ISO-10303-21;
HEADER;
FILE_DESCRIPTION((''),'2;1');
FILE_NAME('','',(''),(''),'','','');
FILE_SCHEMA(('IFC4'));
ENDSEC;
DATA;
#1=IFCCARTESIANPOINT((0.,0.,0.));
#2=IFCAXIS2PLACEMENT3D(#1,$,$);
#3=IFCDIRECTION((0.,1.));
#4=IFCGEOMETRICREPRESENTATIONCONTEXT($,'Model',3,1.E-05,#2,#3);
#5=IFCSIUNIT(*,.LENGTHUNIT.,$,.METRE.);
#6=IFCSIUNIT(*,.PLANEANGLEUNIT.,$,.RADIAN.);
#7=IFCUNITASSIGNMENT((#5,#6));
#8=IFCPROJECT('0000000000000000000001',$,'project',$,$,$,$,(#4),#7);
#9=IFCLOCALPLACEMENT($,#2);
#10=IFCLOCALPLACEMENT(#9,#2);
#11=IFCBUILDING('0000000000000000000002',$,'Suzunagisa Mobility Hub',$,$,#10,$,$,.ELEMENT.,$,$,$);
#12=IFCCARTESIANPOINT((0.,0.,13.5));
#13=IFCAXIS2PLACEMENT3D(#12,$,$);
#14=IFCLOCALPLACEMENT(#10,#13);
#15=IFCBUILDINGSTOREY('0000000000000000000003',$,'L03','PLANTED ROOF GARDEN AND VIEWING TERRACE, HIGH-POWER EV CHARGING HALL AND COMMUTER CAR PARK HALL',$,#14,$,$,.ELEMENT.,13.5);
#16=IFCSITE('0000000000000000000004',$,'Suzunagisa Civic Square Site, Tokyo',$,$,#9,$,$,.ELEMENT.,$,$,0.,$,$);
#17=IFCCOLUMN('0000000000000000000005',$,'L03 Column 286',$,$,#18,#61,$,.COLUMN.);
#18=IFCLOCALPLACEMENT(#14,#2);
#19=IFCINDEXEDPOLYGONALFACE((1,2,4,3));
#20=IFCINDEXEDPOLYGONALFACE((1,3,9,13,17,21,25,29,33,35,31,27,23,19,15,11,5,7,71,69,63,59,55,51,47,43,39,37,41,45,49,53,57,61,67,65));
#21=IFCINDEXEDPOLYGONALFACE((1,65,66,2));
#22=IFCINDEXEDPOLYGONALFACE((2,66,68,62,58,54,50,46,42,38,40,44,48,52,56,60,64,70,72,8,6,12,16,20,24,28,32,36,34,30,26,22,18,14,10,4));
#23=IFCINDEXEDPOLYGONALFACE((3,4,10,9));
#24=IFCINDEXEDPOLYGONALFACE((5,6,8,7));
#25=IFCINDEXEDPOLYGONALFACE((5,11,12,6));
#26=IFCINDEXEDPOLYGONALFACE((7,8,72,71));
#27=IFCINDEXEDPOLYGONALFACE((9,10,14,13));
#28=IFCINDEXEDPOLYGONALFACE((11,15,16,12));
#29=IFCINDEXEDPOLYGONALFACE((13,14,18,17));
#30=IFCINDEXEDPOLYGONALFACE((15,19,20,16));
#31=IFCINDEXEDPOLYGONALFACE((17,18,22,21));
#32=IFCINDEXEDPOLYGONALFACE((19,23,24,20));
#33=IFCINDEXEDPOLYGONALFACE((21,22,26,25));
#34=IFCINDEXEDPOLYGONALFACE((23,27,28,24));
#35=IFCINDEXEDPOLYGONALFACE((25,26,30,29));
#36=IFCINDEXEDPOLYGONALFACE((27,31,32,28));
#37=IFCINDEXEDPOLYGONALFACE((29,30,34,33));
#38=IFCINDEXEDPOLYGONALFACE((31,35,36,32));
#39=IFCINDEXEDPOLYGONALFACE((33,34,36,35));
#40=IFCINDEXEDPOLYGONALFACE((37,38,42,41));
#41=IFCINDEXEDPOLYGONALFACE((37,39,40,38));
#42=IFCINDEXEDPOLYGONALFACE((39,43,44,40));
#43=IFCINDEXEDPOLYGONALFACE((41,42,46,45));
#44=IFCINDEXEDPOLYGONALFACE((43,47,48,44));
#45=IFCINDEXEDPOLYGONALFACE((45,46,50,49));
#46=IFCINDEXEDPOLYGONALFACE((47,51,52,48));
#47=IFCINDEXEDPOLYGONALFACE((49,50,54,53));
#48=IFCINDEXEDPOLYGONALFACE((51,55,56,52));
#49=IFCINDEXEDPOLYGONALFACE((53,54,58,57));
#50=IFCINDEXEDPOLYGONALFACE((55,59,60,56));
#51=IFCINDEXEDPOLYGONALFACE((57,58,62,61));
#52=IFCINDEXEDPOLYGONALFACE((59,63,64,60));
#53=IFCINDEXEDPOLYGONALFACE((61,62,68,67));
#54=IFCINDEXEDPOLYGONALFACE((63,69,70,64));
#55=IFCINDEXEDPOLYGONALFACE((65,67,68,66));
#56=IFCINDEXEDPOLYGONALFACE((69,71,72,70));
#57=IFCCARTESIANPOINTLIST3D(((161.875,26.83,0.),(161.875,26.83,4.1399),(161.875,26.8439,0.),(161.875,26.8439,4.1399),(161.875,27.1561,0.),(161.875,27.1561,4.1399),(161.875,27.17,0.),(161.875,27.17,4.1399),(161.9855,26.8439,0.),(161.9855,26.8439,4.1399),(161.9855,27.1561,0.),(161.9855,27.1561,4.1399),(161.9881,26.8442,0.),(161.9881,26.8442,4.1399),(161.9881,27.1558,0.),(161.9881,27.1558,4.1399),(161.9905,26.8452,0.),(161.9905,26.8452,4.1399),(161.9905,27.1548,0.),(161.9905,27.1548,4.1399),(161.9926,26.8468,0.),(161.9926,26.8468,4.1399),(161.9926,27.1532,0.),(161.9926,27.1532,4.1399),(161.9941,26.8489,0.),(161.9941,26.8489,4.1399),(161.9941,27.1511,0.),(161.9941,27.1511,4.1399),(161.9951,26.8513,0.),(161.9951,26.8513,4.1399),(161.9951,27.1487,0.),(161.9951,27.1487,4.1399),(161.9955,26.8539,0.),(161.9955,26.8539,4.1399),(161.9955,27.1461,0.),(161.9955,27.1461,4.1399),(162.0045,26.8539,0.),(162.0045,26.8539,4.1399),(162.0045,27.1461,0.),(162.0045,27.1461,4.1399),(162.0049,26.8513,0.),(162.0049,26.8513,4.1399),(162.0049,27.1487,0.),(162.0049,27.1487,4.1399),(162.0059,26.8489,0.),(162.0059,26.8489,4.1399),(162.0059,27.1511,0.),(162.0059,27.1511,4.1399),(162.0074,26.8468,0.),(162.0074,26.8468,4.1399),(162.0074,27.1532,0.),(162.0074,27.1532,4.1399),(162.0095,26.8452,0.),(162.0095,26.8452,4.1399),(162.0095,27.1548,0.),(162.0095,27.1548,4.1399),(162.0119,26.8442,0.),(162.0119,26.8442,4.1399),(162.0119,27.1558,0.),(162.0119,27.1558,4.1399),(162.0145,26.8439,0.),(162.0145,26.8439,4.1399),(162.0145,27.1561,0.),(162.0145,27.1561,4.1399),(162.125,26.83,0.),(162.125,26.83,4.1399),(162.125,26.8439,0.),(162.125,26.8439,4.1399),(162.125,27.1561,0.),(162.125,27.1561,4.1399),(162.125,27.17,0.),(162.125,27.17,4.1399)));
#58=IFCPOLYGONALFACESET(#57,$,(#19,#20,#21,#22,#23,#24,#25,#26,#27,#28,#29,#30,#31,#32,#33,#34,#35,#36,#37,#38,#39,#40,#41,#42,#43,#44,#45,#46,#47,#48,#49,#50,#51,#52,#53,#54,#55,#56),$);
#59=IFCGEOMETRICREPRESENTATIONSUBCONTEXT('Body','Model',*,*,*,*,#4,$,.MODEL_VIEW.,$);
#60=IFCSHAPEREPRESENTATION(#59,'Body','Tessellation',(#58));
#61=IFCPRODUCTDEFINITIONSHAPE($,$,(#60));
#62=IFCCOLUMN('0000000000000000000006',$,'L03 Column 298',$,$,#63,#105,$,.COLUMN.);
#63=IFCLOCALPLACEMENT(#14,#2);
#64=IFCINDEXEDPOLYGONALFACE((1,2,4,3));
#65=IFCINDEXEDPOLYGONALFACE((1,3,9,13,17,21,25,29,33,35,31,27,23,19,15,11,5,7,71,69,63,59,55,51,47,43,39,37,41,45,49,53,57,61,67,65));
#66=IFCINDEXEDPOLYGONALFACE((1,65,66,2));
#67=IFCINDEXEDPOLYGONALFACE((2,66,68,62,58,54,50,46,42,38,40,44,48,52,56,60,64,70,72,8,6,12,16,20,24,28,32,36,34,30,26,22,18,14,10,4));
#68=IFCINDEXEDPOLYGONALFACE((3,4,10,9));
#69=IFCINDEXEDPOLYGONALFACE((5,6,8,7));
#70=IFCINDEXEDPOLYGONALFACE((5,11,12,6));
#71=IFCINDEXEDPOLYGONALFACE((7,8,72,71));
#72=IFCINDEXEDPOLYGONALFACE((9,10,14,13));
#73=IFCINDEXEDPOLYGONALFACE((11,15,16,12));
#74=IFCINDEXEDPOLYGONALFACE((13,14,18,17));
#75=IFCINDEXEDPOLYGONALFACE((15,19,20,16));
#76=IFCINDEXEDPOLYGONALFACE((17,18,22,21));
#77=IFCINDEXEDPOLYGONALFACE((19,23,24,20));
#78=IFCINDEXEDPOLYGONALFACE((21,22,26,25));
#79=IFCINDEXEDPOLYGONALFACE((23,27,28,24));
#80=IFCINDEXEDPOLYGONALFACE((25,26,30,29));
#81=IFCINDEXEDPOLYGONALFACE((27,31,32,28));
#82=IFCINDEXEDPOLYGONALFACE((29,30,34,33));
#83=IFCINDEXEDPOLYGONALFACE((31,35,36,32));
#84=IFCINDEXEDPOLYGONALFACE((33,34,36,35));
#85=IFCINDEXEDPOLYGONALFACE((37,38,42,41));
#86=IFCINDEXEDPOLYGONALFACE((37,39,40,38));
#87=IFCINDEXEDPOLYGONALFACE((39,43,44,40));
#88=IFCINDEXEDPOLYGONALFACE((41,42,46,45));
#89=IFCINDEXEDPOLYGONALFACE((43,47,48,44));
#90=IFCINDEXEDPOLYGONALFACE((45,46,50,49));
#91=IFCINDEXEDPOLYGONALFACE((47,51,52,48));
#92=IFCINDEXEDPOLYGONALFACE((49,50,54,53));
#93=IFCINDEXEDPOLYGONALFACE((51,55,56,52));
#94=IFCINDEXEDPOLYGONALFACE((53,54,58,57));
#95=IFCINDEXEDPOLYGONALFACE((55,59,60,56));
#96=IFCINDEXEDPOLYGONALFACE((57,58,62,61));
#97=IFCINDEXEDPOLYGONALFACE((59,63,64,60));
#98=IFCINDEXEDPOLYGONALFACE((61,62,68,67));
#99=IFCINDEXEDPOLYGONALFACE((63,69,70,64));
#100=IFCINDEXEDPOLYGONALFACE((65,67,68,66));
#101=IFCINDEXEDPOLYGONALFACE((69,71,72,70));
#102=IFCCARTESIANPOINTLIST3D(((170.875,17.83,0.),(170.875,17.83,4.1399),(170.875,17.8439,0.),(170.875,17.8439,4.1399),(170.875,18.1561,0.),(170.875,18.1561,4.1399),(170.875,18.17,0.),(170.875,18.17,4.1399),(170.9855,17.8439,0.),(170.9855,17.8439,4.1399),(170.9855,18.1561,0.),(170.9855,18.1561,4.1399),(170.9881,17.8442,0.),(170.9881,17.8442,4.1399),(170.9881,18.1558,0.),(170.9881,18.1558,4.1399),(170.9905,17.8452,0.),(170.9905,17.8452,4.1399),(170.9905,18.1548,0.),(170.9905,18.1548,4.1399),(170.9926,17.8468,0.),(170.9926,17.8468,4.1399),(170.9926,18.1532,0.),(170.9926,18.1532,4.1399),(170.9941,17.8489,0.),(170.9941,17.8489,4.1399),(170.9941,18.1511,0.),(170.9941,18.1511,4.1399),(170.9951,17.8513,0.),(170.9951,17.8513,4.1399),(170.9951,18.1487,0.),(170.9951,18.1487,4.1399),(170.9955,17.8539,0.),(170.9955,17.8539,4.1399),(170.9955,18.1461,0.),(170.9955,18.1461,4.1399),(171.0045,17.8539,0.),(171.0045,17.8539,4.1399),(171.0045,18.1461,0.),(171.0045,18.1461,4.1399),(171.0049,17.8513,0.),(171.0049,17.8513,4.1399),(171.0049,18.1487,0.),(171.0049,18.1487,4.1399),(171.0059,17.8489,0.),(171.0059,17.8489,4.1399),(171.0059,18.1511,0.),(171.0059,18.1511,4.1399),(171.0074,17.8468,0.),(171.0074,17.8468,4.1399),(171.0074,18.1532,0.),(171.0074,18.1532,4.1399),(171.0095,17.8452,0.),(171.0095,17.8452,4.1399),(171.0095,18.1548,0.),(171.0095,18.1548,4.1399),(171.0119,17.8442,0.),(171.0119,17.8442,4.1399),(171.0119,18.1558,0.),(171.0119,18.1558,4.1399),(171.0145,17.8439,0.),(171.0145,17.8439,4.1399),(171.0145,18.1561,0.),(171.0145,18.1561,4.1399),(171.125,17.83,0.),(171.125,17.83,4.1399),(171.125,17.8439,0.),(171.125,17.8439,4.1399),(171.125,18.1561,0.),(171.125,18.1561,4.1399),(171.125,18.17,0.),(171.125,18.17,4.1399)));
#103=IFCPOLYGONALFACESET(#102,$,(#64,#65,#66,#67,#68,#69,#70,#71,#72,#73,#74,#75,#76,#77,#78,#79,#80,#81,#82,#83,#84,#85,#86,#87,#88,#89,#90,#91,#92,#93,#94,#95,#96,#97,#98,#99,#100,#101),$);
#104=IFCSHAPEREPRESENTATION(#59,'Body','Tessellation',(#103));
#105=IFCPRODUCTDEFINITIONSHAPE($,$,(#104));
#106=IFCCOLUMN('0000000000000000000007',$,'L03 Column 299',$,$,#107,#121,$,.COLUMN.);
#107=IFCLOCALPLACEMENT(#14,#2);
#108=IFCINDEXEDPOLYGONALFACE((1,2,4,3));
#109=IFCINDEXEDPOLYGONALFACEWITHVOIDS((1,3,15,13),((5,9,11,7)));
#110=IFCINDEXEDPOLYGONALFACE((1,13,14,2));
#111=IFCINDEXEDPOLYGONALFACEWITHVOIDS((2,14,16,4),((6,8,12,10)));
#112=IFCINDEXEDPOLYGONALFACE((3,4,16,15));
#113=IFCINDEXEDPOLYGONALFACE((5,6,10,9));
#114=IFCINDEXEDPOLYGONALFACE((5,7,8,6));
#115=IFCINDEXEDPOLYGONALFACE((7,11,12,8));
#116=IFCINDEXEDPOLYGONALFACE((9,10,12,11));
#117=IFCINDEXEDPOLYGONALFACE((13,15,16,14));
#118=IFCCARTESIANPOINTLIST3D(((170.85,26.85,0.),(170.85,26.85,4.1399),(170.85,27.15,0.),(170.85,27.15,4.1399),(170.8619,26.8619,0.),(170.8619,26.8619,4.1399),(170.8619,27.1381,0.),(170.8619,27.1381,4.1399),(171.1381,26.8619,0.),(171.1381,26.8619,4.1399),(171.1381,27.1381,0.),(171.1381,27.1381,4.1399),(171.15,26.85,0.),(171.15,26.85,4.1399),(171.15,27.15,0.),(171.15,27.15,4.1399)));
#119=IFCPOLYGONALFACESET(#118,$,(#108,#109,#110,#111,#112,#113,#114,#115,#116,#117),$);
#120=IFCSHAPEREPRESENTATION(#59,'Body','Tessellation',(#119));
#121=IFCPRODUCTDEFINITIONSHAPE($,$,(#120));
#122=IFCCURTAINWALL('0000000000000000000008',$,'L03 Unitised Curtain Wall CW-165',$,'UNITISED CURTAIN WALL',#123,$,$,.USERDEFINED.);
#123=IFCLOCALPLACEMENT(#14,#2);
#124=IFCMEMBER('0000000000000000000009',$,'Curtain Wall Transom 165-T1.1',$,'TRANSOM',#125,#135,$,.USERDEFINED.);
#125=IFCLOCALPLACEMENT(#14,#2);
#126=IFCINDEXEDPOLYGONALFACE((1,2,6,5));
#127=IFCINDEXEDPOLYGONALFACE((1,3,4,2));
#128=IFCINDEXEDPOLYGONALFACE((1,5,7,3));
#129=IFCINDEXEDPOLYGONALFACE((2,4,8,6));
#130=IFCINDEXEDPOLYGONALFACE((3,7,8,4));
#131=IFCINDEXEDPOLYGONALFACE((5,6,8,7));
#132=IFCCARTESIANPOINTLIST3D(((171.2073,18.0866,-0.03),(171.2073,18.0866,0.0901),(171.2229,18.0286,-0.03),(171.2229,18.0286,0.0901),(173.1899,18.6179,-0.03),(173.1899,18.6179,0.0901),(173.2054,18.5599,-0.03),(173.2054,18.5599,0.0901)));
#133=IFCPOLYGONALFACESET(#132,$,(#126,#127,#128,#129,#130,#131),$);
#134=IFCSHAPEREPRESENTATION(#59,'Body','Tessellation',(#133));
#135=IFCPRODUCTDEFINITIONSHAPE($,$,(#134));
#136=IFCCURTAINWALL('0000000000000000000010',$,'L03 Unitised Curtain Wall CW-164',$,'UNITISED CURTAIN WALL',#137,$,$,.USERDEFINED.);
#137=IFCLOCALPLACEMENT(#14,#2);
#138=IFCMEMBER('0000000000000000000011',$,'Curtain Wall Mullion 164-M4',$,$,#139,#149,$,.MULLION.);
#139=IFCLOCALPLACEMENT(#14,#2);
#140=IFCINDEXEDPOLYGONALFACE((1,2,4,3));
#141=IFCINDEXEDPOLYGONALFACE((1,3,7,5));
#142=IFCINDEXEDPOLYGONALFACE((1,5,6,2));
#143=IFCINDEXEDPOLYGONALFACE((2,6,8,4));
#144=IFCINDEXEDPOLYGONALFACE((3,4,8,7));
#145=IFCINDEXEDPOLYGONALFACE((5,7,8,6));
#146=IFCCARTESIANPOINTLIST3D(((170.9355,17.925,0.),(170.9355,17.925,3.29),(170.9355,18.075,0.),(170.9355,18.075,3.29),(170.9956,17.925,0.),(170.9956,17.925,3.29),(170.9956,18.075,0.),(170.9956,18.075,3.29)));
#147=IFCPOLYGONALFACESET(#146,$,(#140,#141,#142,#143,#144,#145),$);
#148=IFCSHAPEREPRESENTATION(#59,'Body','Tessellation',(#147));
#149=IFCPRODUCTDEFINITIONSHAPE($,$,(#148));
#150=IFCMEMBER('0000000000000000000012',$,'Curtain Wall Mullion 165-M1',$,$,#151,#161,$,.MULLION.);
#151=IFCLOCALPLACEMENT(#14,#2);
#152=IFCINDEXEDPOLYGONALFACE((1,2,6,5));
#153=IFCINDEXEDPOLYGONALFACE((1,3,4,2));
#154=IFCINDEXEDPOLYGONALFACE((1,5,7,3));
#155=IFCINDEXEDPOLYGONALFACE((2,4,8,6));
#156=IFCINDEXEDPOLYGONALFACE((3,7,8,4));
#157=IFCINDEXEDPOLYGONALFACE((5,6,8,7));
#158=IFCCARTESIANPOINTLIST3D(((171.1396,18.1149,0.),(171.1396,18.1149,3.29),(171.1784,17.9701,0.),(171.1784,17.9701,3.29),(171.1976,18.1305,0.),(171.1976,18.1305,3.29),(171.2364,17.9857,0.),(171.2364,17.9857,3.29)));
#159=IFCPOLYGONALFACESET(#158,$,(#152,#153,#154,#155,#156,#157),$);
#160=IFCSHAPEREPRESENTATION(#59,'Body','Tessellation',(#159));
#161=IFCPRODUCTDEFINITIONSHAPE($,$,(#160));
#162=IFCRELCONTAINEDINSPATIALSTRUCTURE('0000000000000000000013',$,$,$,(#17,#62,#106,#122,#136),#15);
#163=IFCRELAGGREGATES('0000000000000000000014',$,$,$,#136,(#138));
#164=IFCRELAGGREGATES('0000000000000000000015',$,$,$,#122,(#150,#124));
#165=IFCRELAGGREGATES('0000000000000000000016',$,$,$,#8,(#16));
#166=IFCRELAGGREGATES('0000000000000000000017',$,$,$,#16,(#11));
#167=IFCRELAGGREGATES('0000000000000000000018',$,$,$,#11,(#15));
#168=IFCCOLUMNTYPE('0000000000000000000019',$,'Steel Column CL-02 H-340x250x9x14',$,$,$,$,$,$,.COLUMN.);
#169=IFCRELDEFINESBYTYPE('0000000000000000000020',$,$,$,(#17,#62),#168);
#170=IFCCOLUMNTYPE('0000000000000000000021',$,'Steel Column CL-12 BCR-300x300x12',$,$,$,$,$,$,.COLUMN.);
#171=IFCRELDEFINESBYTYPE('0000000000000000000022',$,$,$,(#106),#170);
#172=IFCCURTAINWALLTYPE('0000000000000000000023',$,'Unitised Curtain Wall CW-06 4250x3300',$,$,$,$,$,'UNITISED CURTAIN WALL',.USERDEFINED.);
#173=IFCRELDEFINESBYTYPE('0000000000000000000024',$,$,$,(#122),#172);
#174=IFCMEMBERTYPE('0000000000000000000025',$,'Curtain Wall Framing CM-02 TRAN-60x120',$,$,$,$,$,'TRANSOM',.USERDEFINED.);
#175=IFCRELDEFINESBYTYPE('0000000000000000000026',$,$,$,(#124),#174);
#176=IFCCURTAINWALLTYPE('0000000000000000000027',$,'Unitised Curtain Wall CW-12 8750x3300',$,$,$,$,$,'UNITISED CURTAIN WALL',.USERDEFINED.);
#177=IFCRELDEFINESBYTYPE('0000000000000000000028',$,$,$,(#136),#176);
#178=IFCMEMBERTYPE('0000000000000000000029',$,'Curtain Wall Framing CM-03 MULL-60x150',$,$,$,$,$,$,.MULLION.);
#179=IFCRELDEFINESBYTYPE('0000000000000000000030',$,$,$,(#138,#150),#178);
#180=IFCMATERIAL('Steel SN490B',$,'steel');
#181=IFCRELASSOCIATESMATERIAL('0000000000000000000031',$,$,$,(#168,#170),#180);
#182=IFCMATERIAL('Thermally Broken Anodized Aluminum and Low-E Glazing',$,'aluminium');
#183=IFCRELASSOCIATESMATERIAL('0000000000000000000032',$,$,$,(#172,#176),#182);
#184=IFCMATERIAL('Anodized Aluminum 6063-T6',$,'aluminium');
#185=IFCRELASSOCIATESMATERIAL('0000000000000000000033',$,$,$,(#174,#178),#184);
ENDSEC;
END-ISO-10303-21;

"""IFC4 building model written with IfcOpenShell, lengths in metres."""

from ifc_helpers import new_model, si_unit, direction, frame, origin, origin_2d, place, context, subcontext, project, spatial, rectangle, hollow_rectangle, i_section, extrude, material, material_profile, profile_set, type_object, element, aggregate, save


model = new_model("IFC4")

# Units and contexts
model_context = context("Model", 3, precision=1e-05, world=origin(), true_north=direction((0.0, 1.0)))
body_context = subcontext(model_context, "Body", "Model", "MODEL_VIEW")
ifc_project = project(units=[si_unit("LENGTHUNIT", "METRE"), si_unit("PLANEANGLEUNIT", "RADIAN")], contexts=[model_context])

# Site, building, storey
site_placement = place(None, origin())
site = spatial("IfcSite", under=ifc_project, at=site_placement, Name="Suzunagisa Civic Square Site, Tokyo", CompositionType="ELEMENT", RefElevation=0.0)
building_placement = place(site_placement, origin())
building = spatial("IfcBuilding", under=site, at=building_placement, Name="Suzunagisa Mobility Hub", CompositionType="ELEMENT")
storey_placement = place(building_placement, frame((0.0, 0.0, 13.5)))
storey = spatial("IfcBuildingStorey", under=building, at=storey_placement, Name="L03", Description="PLANTED ROOF GARDEN AND VIEWING TERRACE, HIGH-POWER EV CHARGING HALL AND COMMUTER CAR PARK HALL", CompositionType="ELEMENT", Elevation=13.5)

# Columns
ifc_material_1 = material(Name="Steel SN490B", Category="steel")
ifc_material_profile_1 = material_profile(ifc_material_1, i_section(OverallWidth=0.25, OverallDepth=0.3401, WebThickness=0.009, FlangeThickness=0.0139, FilletRadius=0.01, at=origin_2d()), Name="H-340x250x9x14")
ifc_profile_set_1 = profile_set([ifc_material_profile_1], Name="Steel SN490B")
column_type_1 = type_object("IfcColumnType", Name="Steel Column CL-02 H-340x250x9x14", PredefinedType="COLUMN", material=ifc_profile_set_1)
for number, where, z_axis, x_axis, name in (
    (1, (162.0, 27.0, 0.0), (0.0, 0.0, 1.0), (1.0, 0.0, 0.0), "L03 Column 286"),
    (2, (171.0, 18.0, 0.0), (0.0, 0.0, 1.0), (1.0, 0.0, 0.0), "L03 Column 298"),
):
    element("IfcColumn", number, at=place(storey_placement, frame(where, z_axis=z_axis, x_axis=x_axis)), inside=storey, type_object=column_type_1, Name=name, PredefinedType="COLUMN", context=body_context, shape_type="SweptSolid", body=[
        extrude(i_section(OverallWidth=0.25, OverallDepth=0.3401, WebThickness=0.009, FlangeThickness=0.0139, FilletRadius=0.01, at=origin_2d()), origin(), (0.0, 0.0, 1.0), 4.1399),
    ])
ifc_material_profile_2 = material_profile(ifc_material_1, hollow_rectangle(XDim=0.3, YDim=0.3, WallThickness=0.012, at=origin_2d()), Name="BCR-300x300x12")
ifc_profile_set_2 = profile_set([ifc_material_profile_2], Name="Steel SN490B")
column_type_2 = type_object("IfcColumnType", Name="Steel Column CL-12 BCR-300x300x12", PredefinedType="COLUMN", material=ifc_profile_set_2)
column_placement = place(storey_placement, frame((171.0, 27.0, 0.0), z_axis=(0.0, 0.0, 1.0), x_axis=(1.0, 0.0, 0.0)))
element("IfcColumn", 3, at=column_placement, inside=storey, type_object=column_type_2, Name="L03 Column 299", PredefinedType="COLUMN", context=body_context, shape_type="SweptSolid", body=[
    extrude(hollow_rectangle(XDim=0.3, YDim=0.3, WallThickness=0.012, at=origin_2d()), origin(), (0.0, 0.0, 1.0), 4.1399),
])

# Curtain walls, members
ifc_material_2 = material(Name="Thermally Broken Anodized Aluminum and Low-E Glazing", Category="aluminium")
curtain_wall_type_1 = type_object("IfcCurtainWallType", Name="Unitised Curtain Wall CW-06 4250x3300", ElementType="UNITISED CURTAIN WALL", PredefinedType="USERDEFINED", material=ifc_material_2)
curtain_wall_1_placement = place(storey_placement, origin())
curtain_wall_1 = element("IfcCurtainWall", 4, at=curtain_wall_1_placement, inside=storey, type_object=curtain_wall_type_1, Name="L03 Unitised Curtain Wall CW-165", ObjectType="UNITISED CURTAIN WALL", PredefinedType="USERDEFINED")
ifc_material_3 = material(Name="Anodized Aluminum 6063-T6", Category="aluminium")
ifc_material_profile_3 = material_profile(ifc_material_3, rectangle(XDim=0.0601, YDim=0.1201, at=origin_2d()), Name="TRAN-60x120")
ifc_profile_set_3 = profile_set([ifc_material_profile_3], Name="Anodized Aluminum 6063-T6")
member_type_1 = type_object("IfcMemberType", Name="Curtain Wall Framing CM-02 TRAN-60x120", ElementType="TRANSOM", PredefinedType="USERDEFINED", material=ifc_profile_set_3)
member_1_placement = place(storey_placement, frame((171.2151, 18.0576, 0.03), z_axis=(0.965918, 0.258847, 0.0), x_axis=(-0.258847, 0.965918, 0.0)))
member_1 = element("IfcMember", 5, at=member_1_placement, type_object=member_type_1, Name="Curtain Wall Transom 165-T1.1", ObjectType="TRANSOM", PredefinedType="USERDEFINED", context=body_context, shape_type="SweptSolid", body=[
    extrude(rectangle(XDim=0.0601, YDim=0.1201, at=origin_2d()), origin(), (0.0, 0.0, 1.0), 2.0525),
])
curtain_wall_type_2 = type_object("IfcCurtainWallType", Name="Unitised Curtain Wall CW-12 8750x3300", ElementType="UNITISED CURTAIN WALL", PredefinedType="USERDEFINED", material=ifc_material_2)
curtain_wall_2_placement = place(storey_placement, origin())
curtain_wall_2 = element("IfcCurtainWall", 6, at=curtain_wall_2_placement, inside=storey, type_object=curtain_wall_type_2, Name="L03 Unitised Curtain Wall CW-164", ObjectType="UNITISED CURTAIN WALL", PredefinedType="USERDEFINED")
ifc_material_profile_4 = material_profile(ifc_material_3, rectangle(XDim=0.0601, YDim=0.1499, at=origin_2d()), Name="MULL-60x150")
ifc_profile_set_4 = profile_set([ifc_material_profile_4], Name="Anodized Aluminum 6063-T6")
member_type_2 = type_object("IfcMemberType", Name="Curtain Wall Framing CM-03 MULL-60x150", PredefinedType="MULLION", material=ifc_profile_set_4)
member_2_placement = place(storey_placement, frame((170.9656, 18.0, 0.0), z_axis=(0.0, 0.0, 1.0), x_axis=(1.0, 0.0, 0.0)))
member_2 = element("IfcMember", 7, at=member_2_placement, type_object=member_type_2, Name="Curtain Wall Mullion 164-M4", PredefinedType="MULLION", context=body_context, shape_type="SweptSolid", body=[
    extrude(rectangle(XDim=0.0601, YDim=0.1499, at=origin_2d()), origin(), (0.0, 0.0, 1.0), 3.29),
])
aggregate(curtain_wall_2, [member_2])

# Member
member_3_placement = place(storey_placement, frame((171.188, 18.0503, 0.0), z_axis=(0.0, 0.0, 1.0), x_axis=(0.965925, 0.258821, 0.0)))
member_3 = element("IfcMember", 8, at=member_3_placement, type_object=member_type_2, Name="Curtain Wall Mullion 165-M1", PredefinedType="MULLION", context=body_context, shape_type="SweptSolid", body=[
    extrude(rectangle(XDim=0.0601, YDim=0.1499, at=origin_2d()), origin(), (0.0, 0.0, 1.0), 3.29),
])
aggregate(curtain_wall_1, [member_3, member_1])

save(model, "model.ifc")
